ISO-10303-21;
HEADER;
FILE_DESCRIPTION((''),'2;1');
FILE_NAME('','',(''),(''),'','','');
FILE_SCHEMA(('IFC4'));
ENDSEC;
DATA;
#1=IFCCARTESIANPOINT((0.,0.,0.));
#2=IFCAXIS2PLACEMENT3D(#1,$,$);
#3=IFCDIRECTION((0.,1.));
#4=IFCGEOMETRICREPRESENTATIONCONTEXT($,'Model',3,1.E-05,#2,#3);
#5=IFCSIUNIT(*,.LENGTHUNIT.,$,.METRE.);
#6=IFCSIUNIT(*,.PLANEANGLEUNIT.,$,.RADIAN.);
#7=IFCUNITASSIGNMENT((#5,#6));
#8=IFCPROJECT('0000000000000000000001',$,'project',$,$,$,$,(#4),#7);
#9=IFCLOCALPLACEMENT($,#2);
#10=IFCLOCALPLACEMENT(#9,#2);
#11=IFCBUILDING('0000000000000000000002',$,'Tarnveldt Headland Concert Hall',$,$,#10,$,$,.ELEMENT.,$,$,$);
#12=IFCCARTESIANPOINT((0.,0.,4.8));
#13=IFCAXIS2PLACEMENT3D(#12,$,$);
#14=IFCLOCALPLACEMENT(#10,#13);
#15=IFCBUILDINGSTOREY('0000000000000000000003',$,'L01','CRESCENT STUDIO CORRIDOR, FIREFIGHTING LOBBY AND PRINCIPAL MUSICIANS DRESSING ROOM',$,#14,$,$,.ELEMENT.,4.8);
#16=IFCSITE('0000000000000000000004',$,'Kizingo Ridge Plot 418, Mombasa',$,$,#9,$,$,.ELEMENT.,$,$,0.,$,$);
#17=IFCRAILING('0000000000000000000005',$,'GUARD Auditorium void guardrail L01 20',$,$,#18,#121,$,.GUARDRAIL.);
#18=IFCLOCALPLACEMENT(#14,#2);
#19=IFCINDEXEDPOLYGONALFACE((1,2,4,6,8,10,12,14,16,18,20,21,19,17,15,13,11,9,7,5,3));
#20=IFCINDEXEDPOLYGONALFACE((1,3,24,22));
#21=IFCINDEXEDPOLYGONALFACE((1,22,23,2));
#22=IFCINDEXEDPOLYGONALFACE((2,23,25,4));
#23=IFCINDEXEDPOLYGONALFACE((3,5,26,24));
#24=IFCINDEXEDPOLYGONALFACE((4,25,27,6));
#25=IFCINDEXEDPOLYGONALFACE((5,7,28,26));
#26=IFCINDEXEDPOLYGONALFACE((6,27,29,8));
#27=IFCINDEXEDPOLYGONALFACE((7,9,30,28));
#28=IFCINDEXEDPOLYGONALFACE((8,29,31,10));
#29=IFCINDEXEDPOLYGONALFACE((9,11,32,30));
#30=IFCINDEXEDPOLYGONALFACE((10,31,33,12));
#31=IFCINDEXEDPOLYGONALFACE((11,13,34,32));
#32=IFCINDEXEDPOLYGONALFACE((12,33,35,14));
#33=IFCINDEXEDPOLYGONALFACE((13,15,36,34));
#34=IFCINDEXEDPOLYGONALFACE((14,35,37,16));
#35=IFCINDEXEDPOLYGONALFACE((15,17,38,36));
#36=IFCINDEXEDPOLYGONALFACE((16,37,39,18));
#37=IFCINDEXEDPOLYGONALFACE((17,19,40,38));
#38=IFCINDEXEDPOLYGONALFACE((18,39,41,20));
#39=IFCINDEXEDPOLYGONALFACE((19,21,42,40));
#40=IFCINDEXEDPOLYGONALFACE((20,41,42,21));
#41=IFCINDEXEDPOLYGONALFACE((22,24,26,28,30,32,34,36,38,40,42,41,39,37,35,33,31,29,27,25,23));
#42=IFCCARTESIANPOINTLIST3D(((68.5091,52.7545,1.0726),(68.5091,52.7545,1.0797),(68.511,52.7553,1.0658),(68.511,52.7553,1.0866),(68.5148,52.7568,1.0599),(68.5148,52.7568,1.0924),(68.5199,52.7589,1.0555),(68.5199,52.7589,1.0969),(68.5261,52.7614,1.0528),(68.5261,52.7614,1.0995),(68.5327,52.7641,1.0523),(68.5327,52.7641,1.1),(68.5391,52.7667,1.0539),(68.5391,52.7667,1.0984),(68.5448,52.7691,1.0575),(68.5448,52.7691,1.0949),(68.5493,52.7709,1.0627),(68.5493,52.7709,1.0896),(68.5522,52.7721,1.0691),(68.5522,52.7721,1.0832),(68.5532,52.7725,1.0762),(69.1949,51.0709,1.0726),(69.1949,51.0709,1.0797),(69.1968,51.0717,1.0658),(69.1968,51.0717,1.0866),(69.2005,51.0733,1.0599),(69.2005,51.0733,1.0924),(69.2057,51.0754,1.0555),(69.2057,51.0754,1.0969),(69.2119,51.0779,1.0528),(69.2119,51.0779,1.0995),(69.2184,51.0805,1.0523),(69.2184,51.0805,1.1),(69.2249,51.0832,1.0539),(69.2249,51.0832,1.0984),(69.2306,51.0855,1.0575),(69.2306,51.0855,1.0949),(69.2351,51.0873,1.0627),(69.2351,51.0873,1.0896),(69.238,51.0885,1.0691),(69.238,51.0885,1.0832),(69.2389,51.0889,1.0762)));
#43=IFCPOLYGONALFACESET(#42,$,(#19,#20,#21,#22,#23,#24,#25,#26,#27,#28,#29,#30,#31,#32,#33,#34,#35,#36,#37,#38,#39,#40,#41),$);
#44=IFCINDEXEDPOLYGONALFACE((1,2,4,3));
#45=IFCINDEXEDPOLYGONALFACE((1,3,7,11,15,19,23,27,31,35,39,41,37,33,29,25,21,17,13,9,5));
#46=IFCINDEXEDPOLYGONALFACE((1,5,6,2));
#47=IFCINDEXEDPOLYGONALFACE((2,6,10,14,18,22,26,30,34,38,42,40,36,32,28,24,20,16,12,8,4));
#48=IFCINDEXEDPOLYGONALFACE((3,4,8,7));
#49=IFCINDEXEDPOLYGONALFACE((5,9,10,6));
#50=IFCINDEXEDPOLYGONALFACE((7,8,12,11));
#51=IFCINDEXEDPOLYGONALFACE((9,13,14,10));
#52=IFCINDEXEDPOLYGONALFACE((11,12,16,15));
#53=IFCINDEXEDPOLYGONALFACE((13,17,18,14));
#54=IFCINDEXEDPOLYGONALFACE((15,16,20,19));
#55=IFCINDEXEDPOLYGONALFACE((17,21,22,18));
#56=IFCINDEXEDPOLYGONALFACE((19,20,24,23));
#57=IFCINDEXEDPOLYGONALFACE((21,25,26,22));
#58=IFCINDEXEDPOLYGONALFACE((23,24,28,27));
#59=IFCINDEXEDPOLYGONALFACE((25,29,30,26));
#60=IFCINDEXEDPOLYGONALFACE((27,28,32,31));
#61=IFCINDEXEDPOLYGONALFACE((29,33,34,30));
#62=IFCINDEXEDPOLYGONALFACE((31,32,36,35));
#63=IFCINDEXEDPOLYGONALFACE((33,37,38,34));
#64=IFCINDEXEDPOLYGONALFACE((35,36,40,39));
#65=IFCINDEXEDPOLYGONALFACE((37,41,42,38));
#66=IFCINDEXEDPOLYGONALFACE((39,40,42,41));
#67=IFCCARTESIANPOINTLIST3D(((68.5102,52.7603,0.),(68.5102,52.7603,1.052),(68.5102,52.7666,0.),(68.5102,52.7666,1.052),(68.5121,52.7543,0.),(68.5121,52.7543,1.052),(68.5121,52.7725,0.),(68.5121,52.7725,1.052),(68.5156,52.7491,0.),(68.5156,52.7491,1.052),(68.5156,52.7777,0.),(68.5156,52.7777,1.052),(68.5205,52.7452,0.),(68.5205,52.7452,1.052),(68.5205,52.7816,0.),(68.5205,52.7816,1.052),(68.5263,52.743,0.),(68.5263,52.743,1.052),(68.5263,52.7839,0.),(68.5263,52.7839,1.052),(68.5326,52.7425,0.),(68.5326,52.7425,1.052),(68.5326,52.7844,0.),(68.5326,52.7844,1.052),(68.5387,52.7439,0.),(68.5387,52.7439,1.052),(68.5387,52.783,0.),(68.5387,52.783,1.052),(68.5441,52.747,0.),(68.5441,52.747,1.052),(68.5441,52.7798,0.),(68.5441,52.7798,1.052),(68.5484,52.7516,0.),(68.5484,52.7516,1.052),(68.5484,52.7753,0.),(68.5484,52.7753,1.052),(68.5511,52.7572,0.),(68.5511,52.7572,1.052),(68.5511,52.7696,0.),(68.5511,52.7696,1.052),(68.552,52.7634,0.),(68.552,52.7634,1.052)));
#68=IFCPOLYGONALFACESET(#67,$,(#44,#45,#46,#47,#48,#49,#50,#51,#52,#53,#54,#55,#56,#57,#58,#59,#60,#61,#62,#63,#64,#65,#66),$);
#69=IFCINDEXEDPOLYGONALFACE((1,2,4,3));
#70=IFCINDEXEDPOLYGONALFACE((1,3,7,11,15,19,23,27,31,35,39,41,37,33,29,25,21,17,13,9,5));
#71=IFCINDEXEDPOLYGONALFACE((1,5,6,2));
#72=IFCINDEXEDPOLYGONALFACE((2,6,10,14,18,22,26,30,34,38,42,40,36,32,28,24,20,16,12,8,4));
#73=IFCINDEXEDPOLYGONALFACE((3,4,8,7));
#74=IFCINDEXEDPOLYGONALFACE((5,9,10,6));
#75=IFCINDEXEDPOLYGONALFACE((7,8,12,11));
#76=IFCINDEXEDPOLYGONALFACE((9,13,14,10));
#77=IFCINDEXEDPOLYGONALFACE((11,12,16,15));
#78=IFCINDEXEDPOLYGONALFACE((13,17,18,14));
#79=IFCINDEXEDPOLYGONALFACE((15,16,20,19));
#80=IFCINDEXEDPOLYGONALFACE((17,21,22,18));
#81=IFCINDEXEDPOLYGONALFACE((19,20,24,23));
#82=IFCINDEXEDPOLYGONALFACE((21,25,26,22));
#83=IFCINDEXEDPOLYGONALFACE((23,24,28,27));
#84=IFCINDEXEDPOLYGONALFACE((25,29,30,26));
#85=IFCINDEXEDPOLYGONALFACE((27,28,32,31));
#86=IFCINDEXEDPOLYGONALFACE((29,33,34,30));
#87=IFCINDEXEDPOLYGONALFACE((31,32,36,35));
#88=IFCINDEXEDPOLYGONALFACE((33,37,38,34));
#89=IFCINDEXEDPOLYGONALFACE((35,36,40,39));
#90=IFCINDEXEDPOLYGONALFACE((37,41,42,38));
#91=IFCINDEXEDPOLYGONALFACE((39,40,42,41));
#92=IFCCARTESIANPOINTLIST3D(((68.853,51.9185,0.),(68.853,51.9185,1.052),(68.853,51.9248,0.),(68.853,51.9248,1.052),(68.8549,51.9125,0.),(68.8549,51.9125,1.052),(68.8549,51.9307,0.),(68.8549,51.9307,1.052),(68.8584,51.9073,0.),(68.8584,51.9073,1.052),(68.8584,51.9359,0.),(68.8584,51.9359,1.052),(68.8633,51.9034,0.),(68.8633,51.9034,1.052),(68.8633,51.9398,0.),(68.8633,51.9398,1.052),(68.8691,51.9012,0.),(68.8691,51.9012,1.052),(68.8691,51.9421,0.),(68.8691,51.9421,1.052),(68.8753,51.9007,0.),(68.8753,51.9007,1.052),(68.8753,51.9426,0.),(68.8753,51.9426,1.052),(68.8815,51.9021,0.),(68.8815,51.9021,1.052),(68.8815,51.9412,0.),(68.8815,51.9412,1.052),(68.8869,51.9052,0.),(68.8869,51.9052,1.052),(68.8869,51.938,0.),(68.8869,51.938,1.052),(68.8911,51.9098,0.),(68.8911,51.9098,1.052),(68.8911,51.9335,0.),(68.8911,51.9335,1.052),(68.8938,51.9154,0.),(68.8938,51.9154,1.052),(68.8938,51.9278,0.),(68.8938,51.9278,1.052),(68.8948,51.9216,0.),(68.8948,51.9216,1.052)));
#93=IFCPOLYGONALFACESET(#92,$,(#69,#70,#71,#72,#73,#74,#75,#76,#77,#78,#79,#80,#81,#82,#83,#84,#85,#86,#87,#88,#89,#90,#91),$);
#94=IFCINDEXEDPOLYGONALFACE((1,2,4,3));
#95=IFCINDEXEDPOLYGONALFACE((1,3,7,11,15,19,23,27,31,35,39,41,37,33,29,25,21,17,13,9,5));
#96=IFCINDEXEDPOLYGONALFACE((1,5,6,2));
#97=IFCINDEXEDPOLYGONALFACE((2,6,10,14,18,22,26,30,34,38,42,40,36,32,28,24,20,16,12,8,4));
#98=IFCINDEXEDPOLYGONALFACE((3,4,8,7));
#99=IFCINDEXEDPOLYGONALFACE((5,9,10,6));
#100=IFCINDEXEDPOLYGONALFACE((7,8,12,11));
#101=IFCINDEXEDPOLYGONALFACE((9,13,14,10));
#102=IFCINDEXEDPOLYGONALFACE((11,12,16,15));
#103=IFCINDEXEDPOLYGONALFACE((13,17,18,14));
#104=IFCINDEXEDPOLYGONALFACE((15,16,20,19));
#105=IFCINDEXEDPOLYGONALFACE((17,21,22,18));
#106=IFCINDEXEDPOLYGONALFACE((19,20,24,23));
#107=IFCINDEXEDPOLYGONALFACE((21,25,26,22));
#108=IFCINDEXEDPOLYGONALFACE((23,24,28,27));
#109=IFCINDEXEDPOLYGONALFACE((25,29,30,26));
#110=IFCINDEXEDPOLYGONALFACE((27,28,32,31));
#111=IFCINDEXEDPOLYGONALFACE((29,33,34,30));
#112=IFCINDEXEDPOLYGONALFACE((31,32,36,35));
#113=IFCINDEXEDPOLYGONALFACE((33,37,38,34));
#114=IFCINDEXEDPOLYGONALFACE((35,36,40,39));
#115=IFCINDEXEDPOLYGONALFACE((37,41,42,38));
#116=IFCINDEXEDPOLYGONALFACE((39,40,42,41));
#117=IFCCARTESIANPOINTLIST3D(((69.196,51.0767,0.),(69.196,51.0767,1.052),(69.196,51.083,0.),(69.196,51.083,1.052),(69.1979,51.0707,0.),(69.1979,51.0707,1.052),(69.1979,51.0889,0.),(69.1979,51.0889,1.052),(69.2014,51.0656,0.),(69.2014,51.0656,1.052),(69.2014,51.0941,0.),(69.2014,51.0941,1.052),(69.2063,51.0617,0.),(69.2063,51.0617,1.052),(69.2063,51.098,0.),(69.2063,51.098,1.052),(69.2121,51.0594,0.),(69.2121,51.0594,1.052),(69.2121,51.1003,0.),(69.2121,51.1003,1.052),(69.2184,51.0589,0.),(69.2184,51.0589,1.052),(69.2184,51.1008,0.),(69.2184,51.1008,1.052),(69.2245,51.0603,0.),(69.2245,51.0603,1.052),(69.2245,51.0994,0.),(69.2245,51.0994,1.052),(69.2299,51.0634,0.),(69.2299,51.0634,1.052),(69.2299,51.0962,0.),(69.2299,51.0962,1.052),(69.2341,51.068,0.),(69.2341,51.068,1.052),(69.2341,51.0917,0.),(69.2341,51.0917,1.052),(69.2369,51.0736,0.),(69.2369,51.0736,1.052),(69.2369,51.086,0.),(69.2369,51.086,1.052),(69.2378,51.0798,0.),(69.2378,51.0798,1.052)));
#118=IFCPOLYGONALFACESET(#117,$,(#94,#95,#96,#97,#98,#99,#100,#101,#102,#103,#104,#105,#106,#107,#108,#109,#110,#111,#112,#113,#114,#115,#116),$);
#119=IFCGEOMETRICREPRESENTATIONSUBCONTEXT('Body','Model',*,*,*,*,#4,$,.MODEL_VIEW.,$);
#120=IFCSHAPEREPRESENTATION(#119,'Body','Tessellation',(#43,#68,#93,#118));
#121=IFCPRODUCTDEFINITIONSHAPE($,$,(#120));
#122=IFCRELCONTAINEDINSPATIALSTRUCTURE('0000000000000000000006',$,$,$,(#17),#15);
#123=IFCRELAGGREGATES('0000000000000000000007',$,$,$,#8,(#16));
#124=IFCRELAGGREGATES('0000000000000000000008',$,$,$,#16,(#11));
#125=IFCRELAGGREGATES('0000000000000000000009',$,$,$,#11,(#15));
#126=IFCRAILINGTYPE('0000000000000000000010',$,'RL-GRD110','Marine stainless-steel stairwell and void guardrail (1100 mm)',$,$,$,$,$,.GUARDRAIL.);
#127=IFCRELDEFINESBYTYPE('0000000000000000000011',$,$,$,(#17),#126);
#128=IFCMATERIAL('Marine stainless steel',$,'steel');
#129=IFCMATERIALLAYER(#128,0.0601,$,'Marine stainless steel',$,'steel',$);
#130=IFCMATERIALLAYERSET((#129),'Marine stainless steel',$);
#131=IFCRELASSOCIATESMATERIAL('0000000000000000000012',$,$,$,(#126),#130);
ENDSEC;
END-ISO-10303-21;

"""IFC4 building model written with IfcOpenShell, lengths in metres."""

from ifc_helpers import new_model, si_unit, direction, frame, origin, origin_2d, place, context, subcontext, project, spatial, circle, extrude, material, layer, layer_set, type_object, element, save


model = new_model("IFC4")

# Units and contexts
model_context = context("Model", 3, precision=1e-05, world=origin(), true_north=direction((0.0, 1.0)))
body_context = subcontext(model_context, "Body", "Model", "MODEL_VIEW")
ifc_project = project(units=[si_unit("LENGTHUNIT", "METRE"), si_unit("PLANEANGLEUNIT", "RADIAN")], contexts=[model_context])

# Site, building, storey
site_placement = place(None, origin())
site = spatial("IfcSite", under=ifc_project, at=site_placement, Name="Kizingo Ridge Plot 418, Mombasa", CompositionType="ELEMENT", RefElevation=0.0)
building_placement = place(site_placement, origin())
building = spatial("IfcBuilding", under=site, at=building_placement, Name="Tarnveldt Headland Concert Hall", CompositionType="ELEMENT")
storey_placement = place(building_placement, frame((0.0, 0.0, 4.8)))
storey = spatial("IfcBuildingStorey", under=building, at=storey_placement, Name="L01", Description="CRESCENT STUDIO CORRIDOR, FIREFIGHTING LOBBY AND PRINCIPAL MUSICIANS DRESSING ROOM", CompositionType="ELEMENT", Elevation=4.8)

# Railing
ifc_material_1 = material(Name="Marine stainless steel", Category="steel")
ifc_layer_1 = layer(ifc_material_1, 0.0601, Name="Marine stainless steel", Category="steel")
ifc_layer_set_1 = layer_set([ifc_layer_1], Name="Marine stainless steel")
railing_type = type_object("IfcRailingType", Name="RL-GRD110", Description="Marine stainless-steel stairwell and void guardrail (1100 mm)", PredefinedType="GUARDRAIL", material=ifc_layer_set_1)
railing_1_placement = place(storey_placement, frame((68.531, 52.7634, 0.0)))
element("IfcRailing", 1, at=railing_1_placement, inside=storey, type_object=railing_type, Name="GUARD Auditorium void guardrail L01 20", PredefinedType="GUARDRAIL", context=body_context, shape_type="SweptSolid", body=[
    extrude(circle(Radius=0.0239, at=origin_2d()), frame((0.0, 0.0, 1.0762), z_axis=(0.377241, -0.926115, 0.0), x_axis=(0.926115, 0.377241, 0.0)), (0.0, 0.0, 1.0), 1.8179),
    extrude(circle(Radius=0.021, at=origin_2d()), origin(), (0.0, 0.0, 1.0), 1.052),
    extrude(circle(Radius=0.021, at=origin_2d()), frame((0.3428, -0.8418, 0.0)), (0.0, 0.0, 1.0), 1.052),
    extrude(circle(Radius=0.021, at=origin_2d()), frame((0.6858, -1.6836, 0.0)), (0.0, 0.0, 1.0), 1.052),
])

save(model, "model.ifc")
